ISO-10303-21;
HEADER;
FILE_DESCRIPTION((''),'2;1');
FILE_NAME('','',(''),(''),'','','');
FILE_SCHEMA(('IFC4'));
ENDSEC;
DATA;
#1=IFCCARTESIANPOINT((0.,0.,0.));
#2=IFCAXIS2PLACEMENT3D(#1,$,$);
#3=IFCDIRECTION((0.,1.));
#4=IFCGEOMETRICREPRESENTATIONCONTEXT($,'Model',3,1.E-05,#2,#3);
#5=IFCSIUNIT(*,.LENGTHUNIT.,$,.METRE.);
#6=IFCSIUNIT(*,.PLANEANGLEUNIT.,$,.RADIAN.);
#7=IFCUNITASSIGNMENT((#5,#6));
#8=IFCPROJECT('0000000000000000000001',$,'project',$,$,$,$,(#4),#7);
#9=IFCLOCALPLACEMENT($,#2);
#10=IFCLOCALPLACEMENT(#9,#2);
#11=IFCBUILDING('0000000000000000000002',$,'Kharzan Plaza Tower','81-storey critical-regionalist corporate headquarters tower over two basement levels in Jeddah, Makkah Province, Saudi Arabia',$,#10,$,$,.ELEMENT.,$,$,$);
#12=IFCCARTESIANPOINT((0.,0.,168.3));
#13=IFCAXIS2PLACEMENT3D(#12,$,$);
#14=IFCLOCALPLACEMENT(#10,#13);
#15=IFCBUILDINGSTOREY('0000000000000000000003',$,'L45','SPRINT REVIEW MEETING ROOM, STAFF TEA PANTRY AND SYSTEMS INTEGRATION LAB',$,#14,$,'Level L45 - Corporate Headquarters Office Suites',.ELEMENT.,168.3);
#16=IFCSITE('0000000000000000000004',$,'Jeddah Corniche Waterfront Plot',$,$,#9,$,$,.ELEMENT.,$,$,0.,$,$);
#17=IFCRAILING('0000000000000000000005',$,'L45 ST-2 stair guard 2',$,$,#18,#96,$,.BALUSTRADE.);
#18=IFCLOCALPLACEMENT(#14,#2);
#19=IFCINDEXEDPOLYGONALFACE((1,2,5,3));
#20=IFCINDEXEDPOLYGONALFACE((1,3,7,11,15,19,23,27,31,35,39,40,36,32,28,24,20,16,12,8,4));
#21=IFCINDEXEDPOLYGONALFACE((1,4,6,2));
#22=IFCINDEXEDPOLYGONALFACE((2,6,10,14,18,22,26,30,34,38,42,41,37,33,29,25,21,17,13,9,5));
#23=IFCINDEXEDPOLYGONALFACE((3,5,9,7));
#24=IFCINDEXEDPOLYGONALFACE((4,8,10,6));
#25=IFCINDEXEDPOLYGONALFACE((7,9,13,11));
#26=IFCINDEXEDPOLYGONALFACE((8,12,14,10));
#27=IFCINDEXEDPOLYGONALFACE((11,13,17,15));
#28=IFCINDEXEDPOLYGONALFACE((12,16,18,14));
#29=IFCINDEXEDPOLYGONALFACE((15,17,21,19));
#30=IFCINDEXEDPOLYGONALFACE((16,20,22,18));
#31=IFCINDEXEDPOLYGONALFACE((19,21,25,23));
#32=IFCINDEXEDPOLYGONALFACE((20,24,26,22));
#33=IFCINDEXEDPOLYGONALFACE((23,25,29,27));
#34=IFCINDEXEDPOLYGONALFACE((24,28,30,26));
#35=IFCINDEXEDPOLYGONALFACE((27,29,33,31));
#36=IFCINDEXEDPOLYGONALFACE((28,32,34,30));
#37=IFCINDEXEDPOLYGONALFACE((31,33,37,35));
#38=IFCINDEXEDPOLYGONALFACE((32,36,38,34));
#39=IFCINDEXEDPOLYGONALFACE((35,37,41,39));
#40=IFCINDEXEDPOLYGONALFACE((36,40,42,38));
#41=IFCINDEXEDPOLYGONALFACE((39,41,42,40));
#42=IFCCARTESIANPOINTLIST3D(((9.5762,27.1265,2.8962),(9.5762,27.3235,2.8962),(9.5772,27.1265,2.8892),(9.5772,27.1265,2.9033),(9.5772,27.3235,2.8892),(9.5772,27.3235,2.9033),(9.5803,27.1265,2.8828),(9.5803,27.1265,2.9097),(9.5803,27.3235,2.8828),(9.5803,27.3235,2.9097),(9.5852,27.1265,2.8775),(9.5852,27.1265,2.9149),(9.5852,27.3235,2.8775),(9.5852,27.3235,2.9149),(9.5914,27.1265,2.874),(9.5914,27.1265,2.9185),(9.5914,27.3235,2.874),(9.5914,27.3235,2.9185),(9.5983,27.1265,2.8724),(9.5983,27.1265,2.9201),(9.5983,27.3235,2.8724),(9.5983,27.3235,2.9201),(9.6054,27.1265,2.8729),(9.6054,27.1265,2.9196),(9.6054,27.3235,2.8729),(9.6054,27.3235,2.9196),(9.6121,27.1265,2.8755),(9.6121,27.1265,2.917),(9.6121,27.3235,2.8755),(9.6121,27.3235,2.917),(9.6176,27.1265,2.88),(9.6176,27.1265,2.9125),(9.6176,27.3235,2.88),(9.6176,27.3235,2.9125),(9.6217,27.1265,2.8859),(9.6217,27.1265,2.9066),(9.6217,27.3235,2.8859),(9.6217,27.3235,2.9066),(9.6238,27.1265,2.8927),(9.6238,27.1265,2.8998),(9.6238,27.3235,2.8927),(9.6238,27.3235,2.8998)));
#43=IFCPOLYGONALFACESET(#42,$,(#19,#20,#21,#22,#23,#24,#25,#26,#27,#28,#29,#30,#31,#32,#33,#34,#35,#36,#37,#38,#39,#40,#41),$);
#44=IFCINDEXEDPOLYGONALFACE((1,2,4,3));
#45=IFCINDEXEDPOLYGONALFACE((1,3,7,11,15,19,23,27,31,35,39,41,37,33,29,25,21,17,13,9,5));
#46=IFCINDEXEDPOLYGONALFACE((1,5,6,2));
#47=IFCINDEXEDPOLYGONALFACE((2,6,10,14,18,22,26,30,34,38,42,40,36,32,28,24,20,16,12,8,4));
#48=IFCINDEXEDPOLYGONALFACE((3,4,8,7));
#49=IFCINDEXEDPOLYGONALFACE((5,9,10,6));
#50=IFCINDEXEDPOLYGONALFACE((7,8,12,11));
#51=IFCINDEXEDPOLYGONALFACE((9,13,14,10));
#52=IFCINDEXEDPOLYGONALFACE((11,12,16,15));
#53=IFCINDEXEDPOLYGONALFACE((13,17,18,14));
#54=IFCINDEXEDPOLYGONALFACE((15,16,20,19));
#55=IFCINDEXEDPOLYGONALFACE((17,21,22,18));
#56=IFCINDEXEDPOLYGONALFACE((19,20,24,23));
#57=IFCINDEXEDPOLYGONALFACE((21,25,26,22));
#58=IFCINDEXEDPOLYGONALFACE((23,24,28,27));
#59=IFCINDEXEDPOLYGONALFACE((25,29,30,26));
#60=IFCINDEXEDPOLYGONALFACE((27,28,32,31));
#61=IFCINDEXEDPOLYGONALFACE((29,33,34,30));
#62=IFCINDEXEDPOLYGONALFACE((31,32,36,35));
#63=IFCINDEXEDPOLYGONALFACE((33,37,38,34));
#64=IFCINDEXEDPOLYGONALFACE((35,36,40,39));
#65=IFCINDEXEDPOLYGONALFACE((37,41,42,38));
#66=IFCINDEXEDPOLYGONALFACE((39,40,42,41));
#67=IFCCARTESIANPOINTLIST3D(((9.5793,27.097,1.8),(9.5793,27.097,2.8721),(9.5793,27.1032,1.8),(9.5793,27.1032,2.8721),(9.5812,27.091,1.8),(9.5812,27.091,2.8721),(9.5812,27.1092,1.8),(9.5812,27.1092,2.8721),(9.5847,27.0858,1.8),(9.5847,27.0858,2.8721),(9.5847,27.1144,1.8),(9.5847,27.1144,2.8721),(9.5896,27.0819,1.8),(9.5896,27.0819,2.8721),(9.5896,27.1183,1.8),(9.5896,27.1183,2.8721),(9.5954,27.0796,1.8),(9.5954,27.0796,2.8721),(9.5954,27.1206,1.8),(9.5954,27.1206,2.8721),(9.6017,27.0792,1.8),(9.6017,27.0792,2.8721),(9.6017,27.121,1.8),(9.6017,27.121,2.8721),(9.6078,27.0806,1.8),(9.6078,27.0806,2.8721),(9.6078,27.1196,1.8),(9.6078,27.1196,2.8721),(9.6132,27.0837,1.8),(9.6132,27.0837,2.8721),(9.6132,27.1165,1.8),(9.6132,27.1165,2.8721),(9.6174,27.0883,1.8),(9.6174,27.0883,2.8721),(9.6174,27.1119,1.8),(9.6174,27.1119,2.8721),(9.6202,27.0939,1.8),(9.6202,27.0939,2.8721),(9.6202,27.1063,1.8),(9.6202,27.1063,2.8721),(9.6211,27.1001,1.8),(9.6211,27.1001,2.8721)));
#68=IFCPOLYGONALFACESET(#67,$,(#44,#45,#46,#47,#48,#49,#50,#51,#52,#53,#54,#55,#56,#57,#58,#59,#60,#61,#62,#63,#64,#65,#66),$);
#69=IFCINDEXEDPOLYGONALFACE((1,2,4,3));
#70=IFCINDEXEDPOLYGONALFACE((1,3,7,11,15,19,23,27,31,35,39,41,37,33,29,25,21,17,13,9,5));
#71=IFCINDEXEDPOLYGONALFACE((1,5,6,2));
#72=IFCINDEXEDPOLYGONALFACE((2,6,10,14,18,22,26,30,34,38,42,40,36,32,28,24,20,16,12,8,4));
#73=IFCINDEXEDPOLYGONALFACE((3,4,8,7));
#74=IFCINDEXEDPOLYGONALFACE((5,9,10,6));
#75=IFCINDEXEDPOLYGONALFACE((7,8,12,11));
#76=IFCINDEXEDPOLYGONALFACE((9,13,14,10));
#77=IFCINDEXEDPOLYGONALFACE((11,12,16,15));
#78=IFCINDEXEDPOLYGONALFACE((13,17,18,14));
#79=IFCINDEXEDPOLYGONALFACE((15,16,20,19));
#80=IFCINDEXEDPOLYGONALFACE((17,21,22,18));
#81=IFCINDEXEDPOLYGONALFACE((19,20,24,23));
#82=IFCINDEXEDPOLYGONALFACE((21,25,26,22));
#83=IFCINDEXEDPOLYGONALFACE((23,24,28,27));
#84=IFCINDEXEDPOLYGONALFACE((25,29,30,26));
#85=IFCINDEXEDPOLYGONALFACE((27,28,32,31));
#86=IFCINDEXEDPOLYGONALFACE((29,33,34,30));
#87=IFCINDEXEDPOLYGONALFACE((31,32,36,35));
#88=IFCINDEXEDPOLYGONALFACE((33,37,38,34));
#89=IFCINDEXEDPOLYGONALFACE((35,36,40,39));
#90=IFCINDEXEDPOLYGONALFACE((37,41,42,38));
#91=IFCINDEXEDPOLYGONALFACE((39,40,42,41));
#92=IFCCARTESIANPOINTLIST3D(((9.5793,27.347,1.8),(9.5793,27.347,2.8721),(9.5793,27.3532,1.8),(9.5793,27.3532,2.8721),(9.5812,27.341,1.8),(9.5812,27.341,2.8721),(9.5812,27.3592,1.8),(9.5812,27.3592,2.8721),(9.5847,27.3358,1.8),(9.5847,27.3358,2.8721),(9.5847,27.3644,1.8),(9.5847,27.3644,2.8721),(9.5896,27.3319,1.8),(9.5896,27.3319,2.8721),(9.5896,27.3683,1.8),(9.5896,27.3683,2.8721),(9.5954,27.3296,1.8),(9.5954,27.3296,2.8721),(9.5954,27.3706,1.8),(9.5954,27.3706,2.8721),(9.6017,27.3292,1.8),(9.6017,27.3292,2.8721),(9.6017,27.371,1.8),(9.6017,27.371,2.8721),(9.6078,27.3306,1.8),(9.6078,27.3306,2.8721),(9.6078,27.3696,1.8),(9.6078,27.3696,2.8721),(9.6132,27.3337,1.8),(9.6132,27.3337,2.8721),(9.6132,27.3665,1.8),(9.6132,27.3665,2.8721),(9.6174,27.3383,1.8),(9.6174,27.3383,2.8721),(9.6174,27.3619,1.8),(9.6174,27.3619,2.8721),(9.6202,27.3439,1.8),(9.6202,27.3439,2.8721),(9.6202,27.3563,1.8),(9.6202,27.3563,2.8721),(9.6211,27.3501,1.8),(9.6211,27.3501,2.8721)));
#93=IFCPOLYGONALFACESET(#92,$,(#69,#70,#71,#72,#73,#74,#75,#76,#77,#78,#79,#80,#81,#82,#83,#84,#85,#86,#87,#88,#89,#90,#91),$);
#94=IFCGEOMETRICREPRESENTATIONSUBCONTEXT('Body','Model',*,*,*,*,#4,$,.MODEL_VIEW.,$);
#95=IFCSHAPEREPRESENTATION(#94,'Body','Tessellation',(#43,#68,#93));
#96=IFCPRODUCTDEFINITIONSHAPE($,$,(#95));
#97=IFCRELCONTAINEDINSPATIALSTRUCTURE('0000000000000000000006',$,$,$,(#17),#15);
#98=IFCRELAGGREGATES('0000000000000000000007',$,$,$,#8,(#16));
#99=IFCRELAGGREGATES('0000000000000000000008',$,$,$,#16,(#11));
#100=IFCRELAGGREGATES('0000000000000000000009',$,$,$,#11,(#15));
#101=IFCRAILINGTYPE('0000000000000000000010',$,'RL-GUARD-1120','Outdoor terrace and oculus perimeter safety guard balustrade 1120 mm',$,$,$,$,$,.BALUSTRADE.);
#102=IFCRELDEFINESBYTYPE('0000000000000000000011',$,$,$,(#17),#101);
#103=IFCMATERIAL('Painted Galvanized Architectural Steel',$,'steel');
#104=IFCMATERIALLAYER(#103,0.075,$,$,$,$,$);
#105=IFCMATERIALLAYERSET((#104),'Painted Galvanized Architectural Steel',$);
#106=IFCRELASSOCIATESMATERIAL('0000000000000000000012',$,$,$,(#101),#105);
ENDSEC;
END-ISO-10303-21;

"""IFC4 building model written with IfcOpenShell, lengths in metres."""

from ifc_helpers import new_model, si_unit, direction, frame, origin, origin_2d, place, context, subcontext, project, spatial, circle, extrude, source, transform, mapped, material, layer, layer_set, type_object, element, save


model = new_model("IFC4")

# Units and contexts
model_context = context("Model", 3, precision=1e-05, world=origin(), true_north=direction((0.0, 1.0)))
body_context = subcontext(model_context, "Body", "Model", "MODEL_VIEW")
ifc_project = project(units=[si_unit("LENGTHUNIT", "METRE"), si_unit("PLANEANGLEUNIT", "RADIAN")], contexts=[model_context])

# Site, building, storey
site_placement = place(None, origin())
site = spatial("IfcSite", under=ifc_project, at=site_placement, Name="Jeddah Corniche Waterfront Plot", CompositionType="ELEMENT", RefElevation=0.0)
building_placement = place(site_placement, origin())
building = spatial("IfcBuilding", under=site, at=building_placement, Name="Kharzan Plaza Tower", Description="81-storey critical-regionalist corporate headquarters tower over two basement levels in Jeddah, Makkah Province, Saudi Arabia", CompositionType="ELEMENT")
storey_placement = place(building_placement, frame((0.0, 0.0, 168.3)))
storey = spatial("IfcBuildingStorey", under=building, at=storey_placement, Name="L45", Description="SPRINT REVIEW MEETING ROOM, STAFF TEA PANTRY AND SYSTEMS INTEGRATION LAB", LongName="Level L45 - Corporate Headquarters Office Suites", CompositionType="ELEMENT", Elevation=168.3)

# Railing
ifc_material_1 = material(Name="Painted Galvanized Architectural Steel", Category="steel")
ifc_layer_1 = layer(ifc_material_1, 0.075)
ifc_layer_set_1 = layer_set([ifc_layer_1], Name="Painted Galvanized Architectural Steel")
railing_type_1 = type_object("IfcRailingType", Name="RL-GUARD-1120", Description="Outdoor terrace and oculus perimeter safety guard balustrade 1120 mm", PredefinedType="BALUSTRADE", material=ifc_layer_set_1)
shared_shape_1 = source(origin(), body_context, "Body", "SweptSolid", [
    extrude(circle(Radius=0.0239, at=origin_2d()), frame((0.0, 0.0264, 1.0962), z_axis=(0.0, 1.0, 0.0), x_axis=(-1.0, 0.0, 0.0)), (0.0, 0.0, 1.0), 0.197),
    extrude(circle(Radius=0.021, at=origin_2d()), origin(), (0.0, 0.0, 1.0), 1.072),
    extrude(circle(Radius=0.021, at=origin_2d()), frame((0.0, 0.25, 0.0)), (0.0, 0.0, 1.0), 1.072),
])
railing_1_placement = place(storey_placement, frame((9.6001, 27.1001, 1.8)))
element("IfcRailing", 1, at=railing_1_placement, inside=storey, type_object=railing_type_1, Name="L45 ST-2 stair guard 2", PredefinedType="BALUSTRADE", context=body_context, shape_type="MappedRepresentation", body=[
    mapped(shared_shape_1, transform((0.0, 0.0, 0.0), x_axis=(1.0, 0.0, 0.0), y_axis=(0.0, 1.0, 0.0), z_axis=(0.0, 0.0, 1.0))),
])

save(model, "model.ifc")
